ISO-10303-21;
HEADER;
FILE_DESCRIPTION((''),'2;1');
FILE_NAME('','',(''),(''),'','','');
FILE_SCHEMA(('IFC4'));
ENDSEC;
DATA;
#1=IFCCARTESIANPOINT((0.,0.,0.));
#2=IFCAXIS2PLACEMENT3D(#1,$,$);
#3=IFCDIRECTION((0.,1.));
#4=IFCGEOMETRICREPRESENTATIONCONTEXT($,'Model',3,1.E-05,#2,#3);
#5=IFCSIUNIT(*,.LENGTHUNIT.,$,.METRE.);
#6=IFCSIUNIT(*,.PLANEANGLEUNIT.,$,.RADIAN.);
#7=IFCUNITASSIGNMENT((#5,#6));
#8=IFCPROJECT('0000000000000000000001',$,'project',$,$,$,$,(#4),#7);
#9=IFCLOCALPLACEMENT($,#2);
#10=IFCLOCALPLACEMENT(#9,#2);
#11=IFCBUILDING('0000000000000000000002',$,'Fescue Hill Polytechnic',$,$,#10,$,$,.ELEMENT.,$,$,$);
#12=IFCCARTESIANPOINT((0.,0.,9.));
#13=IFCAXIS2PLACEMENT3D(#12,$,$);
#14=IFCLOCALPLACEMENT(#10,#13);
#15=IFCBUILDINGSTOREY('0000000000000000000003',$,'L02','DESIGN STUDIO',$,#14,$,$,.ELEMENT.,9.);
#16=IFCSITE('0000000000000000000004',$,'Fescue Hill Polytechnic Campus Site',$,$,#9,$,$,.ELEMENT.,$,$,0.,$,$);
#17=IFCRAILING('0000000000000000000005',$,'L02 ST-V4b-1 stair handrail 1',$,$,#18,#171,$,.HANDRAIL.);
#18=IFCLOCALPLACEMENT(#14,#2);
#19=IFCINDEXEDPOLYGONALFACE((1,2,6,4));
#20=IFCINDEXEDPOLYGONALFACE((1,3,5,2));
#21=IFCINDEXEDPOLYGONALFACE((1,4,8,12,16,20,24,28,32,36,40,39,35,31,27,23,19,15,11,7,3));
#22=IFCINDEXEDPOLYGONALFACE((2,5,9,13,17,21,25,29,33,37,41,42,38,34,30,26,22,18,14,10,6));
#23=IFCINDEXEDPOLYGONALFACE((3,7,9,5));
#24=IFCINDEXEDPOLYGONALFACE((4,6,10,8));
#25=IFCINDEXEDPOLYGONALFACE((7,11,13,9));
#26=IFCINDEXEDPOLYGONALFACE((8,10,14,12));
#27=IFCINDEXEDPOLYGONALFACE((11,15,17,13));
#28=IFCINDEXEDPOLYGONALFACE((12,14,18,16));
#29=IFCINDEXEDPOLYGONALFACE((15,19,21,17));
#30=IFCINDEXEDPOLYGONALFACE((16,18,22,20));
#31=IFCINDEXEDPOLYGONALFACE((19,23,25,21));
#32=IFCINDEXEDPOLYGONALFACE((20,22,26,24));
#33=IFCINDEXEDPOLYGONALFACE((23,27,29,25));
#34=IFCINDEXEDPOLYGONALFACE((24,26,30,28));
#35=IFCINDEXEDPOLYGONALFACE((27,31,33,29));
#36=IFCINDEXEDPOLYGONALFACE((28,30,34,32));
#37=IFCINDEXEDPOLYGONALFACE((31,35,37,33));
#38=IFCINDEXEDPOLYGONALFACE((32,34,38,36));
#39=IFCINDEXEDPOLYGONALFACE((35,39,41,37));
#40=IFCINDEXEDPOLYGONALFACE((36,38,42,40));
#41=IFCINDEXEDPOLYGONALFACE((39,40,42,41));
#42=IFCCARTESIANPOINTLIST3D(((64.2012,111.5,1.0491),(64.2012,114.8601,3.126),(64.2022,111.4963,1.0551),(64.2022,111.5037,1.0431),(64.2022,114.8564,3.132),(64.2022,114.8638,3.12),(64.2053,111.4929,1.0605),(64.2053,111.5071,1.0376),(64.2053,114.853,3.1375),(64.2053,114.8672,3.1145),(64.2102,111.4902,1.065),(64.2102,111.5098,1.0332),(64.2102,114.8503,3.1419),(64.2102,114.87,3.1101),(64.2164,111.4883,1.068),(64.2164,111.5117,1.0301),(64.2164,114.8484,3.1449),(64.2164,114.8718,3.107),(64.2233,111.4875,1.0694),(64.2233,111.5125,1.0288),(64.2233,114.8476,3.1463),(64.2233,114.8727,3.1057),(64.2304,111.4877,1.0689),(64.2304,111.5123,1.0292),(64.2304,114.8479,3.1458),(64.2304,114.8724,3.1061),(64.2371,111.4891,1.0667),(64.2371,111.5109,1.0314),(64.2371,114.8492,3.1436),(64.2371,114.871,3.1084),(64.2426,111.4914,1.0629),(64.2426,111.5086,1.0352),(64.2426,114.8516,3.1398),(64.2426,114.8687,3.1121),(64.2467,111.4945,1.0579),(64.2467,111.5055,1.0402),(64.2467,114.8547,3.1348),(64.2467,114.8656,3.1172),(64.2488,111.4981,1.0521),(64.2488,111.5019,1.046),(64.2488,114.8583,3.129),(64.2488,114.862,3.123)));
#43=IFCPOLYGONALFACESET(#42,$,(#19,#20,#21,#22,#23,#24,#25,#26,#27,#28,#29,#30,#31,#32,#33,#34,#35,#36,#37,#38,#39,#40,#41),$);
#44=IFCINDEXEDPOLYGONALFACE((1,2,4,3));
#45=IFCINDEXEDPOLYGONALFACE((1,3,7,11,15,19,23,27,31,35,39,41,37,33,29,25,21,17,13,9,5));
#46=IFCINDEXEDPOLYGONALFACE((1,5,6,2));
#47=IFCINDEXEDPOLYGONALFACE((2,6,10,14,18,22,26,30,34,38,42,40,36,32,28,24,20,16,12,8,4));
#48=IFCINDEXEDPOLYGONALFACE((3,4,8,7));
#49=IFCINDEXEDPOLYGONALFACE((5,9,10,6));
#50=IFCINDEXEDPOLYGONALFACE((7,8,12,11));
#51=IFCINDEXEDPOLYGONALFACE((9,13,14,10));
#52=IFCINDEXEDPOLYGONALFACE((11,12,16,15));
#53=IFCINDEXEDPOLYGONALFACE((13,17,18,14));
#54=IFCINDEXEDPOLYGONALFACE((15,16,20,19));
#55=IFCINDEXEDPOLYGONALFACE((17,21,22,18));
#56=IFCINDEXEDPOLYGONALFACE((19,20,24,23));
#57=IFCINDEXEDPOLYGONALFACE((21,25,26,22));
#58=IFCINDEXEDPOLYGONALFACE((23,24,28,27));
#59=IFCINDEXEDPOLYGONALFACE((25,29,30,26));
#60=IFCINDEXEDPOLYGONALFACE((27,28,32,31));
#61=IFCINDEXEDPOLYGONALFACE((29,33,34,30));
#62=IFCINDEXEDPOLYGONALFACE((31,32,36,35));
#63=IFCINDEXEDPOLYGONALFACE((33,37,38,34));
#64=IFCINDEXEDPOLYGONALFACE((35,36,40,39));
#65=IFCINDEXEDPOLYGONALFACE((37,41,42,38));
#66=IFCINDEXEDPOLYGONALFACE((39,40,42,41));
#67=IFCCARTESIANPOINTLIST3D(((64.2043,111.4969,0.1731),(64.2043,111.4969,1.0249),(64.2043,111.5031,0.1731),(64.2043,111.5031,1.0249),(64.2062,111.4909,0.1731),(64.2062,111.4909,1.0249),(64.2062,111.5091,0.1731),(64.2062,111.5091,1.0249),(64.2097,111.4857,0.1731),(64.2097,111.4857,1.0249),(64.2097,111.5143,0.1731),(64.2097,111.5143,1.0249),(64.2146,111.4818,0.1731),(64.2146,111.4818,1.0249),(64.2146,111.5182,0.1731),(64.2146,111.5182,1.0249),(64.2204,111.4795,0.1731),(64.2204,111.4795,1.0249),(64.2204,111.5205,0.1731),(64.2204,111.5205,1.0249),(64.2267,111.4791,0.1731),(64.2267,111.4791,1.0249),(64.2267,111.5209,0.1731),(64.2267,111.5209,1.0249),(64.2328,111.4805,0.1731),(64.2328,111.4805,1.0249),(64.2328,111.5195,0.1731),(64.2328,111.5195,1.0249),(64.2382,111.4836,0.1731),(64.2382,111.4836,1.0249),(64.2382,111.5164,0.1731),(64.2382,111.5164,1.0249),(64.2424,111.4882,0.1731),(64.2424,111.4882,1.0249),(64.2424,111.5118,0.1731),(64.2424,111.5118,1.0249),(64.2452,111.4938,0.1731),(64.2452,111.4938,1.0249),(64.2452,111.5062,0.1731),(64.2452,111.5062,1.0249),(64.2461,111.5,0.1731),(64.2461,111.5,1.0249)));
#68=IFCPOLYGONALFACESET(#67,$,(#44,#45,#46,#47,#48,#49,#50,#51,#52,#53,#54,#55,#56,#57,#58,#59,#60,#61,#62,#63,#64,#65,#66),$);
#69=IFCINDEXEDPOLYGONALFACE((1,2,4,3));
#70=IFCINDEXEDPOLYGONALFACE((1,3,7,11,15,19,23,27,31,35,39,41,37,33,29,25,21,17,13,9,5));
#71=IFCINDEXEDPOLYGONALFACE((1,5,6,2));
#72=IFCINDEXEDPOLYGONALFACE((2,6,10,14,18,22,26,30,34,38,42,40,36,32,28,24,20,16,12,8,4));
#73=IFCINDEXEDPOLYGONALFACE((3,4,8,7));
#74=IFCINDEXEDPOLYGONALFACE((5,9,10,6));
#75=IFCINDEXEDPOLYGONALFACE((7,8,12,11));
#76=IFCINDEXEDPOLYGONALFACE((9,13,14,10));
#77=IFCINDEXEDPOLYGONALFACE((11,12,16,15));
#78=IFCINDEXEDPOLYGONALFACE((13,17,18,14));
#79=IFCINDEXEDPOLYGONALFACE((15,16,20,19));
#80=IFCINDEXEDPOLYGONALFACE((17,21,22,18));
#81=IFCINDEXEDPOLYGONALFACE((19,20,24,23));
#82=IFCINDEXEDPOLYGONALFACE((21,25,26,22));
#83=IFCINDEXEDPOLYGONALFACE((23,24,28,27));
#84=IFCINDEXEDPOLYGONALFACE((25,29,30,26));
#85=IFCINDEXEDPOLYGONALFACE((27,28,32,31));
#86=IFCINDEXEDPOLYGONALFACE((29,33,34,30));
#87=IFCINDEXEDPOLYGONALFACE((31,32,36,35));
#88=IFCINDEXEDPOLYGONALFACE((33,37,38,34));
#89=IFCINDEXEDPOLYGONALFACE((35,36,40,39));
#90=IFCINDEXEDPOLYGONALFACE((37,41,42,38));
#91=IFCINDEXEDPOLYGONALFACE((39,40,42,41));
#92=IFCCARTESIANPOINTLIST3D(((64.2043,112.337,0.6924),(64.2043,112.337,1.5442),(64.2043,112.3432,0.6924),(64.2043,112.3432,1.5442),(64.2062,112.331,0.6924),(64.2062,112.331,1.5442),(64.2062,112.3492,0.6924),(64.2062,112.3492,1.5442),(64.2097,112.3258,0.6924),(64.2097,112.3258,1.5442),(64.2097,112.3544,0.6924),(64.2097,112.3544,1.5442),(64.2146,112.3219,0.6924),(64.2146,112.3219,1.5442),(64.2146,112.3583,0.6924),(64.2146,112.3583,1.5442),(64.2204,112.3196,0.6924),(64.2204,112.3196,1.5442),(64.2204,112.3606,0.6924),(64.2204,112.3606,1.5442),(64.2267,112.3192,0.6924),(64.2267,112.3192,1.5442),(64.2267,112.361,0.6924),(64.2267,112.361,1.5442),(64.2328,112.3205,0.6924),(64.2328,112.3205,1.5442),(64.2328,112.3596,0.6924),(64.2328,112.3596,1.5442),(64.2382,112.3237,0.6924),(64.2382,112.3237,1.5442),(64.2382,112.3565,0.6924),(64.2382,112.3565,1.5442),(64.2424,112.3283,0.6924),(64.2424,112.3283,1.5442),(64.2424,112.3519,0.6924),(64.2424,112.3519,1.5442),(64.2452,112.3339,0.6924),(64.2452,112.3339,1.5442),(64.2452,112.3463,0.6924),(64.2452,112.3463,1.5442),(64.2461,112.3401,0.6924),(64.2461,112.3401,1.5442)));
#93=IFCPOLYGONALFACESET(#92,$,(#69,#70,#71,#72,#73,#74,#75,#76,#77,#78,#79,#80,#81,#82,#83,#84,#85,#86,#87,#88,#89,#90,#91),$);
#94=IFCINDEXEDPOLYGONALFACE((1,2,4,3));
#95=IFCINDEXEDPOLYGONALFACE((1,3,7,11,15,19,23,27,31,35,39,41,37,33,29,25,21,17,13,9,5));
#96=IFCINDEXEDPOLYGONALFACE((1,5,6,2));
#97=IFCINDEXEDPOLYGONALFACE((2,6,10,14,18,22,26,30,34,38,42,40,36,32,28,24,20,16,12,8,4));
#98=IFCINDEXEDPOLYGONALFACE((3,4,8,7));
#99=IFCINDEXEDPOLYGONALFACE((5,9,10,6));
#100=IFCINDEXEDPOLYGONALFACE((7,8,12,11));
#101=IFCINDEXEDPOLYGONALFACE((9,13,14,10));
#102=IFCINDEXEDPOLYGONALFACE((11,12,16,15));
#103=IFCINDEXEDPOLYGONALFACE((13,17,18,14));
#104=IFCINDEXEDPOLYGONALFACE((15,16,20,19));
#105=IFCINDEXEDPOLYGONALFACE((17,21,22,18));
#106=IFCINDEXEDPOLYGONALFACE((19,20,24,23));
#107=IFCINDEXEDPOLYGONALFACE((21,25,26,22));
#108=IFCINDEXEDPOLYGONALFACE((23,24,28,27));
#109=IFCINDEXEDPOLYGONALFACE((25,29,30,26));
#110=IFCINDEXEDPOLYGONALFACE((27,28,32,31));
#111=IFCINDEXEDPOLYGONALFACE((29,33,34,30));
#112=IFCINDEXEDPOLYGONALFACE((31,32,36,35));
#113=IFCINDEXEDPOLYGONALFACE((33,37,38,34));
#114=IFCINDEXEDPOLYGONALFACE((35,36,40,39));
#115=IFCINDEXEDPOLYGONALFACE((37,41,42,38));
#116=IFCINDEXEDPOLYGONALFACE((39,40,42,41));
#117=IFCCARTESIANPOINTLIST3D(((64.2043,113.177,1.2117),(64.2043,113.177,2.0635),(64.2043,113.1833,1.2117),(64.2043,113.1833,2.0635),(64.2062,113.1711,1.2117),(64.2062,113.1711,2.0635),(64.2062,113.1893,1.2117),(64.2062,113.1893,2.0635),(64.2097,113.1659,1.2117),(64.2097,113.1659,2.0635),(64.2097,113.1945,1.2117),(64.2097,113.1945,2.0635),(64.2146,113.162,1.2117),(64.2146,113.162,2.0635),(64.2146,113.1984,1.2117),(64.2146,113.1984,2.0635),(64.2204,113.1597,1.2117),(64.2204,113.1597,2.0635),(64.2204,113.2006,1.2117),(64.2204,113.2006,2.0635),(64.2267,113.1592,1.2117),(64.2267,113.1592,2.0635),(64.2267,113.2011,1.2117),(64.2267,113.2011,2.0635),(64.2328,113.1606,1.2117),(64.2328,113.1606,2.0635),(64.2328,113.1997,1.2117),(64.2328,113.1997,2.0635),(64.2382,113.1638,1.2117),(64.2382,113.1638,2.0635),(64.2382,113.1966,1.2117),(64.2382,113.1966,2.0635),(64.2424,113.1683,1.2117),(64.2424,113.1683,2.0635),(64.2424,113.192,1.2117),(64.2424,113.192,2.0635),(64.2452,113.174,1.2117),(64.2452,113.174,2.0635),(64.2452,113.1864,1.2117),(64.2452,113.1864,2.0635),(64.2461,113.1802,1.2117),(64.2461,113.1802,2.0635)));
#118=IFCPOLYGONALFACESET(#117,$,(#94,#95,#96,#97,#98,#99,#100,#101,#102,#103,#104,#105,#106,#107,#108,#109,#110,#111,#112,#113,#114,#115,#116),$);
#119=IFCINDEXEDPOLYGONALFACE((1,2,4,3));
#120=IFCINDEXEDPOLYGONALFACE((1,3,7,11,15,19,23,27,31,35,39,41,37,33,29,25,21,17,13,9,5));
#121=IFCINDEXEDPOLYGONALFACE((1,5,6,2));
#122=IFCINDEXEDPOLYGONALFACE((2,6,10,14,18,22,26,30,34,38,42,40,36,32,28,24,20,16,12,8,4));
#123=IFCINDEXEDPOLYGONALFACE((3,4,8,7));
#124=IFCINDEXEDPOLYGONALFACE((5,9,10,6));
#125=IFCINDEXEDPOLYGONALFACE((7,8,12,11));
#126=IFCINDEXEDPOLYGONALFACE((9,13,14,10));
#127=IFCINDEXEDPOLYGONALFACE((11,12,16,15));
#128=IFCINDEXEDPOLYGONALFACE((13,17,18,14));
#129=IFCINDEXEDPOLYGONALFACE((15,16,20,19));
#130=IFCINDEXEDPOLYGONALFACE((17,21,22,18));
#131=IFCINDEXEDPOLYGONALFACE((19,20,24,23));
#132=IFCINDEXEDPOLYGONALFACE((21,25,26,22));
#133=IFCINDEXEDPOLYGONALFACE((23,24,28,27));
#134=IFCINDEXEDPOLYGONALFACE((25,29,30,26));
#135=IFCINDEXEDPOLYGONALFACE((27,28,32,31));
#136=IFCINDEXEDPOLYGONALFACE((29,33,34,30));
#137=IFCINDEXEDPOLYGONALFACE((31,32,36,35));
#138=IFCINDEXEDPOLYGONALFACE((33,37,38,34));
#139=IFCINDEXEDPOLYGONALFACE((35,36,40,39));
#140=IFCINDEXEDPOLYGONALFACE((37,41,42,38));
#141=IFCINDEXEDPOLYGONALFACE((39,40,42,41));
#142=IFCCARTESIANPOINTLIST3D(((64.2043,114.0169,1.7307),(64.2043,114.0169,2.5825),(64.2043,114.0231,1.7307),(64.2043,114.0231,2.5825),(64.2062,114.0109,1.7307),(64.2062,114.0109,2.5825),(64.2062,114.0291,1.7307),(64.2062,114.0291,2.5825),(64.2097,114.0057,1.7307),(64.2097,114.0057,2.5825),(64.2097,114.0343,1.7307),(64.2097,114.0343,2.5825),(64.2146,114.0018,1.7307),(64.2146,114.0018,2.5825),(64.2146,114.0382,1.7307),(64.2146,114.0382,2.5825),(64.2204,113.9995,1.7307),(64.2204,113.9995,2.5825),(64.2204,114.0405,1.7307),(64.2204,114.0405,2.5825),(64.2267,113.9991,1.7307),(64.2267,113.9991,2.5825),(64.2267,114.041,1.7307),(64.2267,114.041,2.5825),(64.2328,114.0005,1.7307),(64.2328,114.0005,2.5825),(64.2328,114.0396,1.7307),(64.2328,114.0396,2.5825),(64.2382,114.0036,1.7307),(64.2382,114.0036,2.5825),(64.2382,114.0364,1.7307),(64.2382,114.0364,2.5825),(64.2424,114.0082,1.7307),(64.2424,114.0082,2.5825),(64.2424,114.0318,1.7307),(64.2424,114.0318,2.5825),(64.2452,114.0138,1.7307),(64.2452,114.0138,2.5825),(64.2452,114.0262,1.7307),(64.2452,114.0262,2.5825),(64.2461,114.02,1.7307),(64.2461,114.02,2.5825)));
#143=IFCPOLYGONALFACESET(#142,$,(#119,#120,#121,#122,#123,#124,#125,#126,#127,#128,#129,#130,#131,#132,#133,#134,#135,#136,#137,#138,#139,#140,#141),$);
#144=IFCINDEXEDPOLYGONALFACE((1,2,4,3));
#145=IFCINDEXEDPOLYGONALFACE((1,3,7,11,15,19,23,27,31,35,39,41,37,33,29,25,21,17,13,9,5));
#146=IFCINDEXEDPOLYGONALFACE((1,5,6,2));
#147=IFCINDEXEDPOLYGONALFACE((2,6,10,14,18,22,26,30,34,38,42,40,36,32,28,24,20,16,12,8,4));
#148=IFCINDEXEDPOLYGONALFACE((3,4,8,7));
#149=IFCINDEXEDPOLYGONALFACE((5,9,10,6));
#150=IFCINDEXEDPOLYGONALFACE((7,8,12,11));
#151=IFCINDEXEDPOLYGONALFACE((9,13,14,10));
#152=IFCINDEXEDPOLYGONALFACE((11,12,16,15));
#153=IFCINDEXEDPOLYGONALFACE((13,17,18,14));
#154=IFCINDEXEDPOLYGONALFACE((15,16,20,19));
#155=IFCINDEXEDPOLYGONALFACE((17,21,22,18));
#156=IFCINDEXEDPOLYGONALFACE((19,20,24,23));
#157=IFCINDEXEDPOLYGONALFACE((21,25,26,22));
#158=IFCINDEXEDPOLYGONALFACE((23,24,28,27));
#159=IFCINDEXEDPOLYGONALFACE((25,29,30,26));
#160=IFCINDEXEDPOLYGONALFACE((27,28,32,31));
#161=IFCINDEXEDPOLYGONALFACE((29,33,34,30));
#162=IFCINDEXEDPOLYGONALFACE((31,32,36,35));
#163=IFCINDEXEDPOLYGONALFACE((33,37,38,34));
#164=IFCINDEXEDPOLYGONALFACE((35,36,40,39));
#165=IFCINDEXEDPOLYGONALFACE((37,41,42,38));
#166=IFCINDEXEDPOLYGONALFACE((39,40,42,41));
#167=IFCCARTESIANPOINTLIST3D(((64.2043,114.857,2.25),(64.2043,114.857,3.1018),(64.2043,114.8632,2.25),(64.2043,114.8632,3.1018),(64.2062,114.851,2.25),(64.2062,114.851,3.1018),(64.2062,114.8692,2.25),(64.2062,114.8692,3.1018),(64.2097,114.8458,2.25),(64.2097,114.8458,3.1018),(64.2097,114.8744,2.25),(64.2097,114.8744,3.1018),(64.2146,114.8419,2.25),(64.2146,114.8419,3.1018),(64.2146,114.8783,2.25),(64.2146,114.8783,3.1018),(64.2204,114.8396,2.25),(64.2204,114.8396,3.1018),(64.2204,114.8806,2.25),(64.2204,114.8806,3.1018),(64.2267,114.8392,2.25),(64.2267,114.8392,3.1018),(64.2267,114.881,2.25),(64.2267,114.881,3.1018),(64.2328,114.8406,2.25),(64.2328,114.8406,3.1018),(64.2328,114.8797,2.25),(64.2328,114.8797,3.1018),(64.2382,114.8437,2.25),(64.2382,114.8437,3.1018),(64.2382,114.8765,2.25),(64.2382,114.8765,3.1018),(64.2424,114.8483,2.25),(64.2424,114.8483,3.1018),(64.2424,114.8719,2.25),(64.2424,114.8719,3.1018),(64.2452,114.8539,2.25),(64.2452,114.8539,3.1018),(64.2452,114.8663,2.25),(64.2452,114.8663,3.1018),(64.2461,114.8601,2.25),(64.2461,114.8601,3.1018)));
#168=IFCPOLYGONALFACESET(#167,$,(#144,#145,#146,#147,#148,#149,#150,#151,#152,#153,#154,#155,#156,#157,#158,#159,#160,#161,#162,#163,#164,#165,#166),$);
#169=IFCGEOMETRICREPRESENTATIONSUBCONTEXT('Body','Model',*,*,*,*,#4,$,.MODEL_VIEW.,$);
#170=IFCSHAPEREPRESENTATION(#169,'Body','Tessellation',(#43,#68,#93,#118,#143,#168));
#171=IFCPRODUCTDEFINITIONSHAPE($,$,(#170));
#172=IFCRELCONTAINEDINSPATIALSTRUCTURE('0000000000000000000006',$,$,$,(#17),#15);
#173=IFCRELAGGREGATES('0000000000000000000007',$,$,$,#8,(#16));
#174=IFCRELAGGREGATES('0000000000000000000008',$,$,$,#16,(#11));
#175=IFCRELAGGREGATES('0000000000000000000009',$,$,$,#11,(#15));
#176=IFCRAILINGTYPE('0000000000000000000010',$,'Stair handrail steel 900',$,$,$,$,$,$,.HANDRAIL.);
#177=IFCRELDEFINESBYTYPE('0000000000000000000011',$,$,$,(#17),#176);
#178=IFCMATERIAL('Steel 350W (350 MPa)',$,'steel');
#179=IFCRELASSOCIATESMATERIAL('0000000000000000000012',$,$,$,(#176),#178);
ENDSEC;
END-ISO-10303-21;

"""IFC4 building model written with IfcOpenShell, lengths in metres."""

from ifc_helpers import new_model, si_unit, direction, frame, origin, origin_2d, place, context, subcontext, project, spatial, circle, extrude, material, type_object, element, save


model = new_model("IFC4")

# Units and contexts
model_context = context("Model", 3, precision=1e-05, world=origin(), true_north=direction((0.0, 1.0)))
body_context = subcontext(model_context, "Body", "Model", "MODEL_VIEW")
ifc_project = project(units=[si_unit("LENGTHUNIT", "METRE"), si_unit("PLANEANGLEUNIT", "RADIAN")], contexts=[model_context])

# Site, building, storey
site_placement = place(None, origin())
site = spatial("IfcSite", under=ifc_project, at=site_placement, Name="Fescue Hill Polytechnic Campus Site", CompositionType="ELEMENT", RefElevation=0.0)
building_placement = place(site_placement, origin())
building = spatial("IfcBuilding", under=site, at=building_placement, Name="Fescue Hill Polytechnic", CompositionType="ELEMENT")
storey_placement = place(building_placement, frame((0.0, 0.0, 9.0)))
storey = spatial("IfcBuildingStorey", under=building, at=storey_placement, Name="L02", Description="DESIGN STUDIO", CompositionType="ELEMENT", Elevation=9.0)

# Railing
ifc_material_1 = material(Name="Steel 350W (350 MPa)", Category="steel")
railing_type_1 = type_object("IfcRailingType", Name="Stair handrail steel 900", PredefinedType="HANDRAIL", material=ifc_material_1)
for number, where, name in (
    (1, (64.2251, 111.5, 0.1731), "L02 ST-V4b-1 stair handrail 1"),
):
    element("IfcRailing", number, at=place(storey_placement, frame(where)), inside=storey, type_object=railing_type_1, Name=name, PredefinedType="HANDRAIL", context=body_context, shape_type="SweptSolid", body=[
        extrude(circle(Radius=0.0239, at=origin_2d()), frame((0.0, 0.0, 0.876), z_axis=(0.0, 0.850623, 0.525776), x_axis=(-1.0, 0.0, 0.0)), (0.0, 0.0, 1.0), 3.9502),
        extrude(circle(Radius=0.021, at=origin_2d()), origin(), (0.0, 0.0, 1.0), 0.8518),
        extrude(circle(Radius=0.021, at=origin_2d()), frame((0.0, 0.8401, 0.5193)), (0.0, 0.0, 1.0), 0.8518),
        extrude(circle(Radius=0.021, at=origin_2d()), frame((0.0, 1.6802, 1.0386)), (0.0, 0.0, 1.0), 0.8518),
        extrude(circle(Radius=0.021, at=origin_2d()), frame((0.0, 2.52, 1.5576)), (0.0, 0.0, 1.0), 0.8518),
        extrude(circle(Radius=0.021, at=origin_2d()), frame((0.0, 3.3601, 2.0769)), (0.0, 0.0, 1.0), 0.8518),
    ])

save(model, "model.ifc")
